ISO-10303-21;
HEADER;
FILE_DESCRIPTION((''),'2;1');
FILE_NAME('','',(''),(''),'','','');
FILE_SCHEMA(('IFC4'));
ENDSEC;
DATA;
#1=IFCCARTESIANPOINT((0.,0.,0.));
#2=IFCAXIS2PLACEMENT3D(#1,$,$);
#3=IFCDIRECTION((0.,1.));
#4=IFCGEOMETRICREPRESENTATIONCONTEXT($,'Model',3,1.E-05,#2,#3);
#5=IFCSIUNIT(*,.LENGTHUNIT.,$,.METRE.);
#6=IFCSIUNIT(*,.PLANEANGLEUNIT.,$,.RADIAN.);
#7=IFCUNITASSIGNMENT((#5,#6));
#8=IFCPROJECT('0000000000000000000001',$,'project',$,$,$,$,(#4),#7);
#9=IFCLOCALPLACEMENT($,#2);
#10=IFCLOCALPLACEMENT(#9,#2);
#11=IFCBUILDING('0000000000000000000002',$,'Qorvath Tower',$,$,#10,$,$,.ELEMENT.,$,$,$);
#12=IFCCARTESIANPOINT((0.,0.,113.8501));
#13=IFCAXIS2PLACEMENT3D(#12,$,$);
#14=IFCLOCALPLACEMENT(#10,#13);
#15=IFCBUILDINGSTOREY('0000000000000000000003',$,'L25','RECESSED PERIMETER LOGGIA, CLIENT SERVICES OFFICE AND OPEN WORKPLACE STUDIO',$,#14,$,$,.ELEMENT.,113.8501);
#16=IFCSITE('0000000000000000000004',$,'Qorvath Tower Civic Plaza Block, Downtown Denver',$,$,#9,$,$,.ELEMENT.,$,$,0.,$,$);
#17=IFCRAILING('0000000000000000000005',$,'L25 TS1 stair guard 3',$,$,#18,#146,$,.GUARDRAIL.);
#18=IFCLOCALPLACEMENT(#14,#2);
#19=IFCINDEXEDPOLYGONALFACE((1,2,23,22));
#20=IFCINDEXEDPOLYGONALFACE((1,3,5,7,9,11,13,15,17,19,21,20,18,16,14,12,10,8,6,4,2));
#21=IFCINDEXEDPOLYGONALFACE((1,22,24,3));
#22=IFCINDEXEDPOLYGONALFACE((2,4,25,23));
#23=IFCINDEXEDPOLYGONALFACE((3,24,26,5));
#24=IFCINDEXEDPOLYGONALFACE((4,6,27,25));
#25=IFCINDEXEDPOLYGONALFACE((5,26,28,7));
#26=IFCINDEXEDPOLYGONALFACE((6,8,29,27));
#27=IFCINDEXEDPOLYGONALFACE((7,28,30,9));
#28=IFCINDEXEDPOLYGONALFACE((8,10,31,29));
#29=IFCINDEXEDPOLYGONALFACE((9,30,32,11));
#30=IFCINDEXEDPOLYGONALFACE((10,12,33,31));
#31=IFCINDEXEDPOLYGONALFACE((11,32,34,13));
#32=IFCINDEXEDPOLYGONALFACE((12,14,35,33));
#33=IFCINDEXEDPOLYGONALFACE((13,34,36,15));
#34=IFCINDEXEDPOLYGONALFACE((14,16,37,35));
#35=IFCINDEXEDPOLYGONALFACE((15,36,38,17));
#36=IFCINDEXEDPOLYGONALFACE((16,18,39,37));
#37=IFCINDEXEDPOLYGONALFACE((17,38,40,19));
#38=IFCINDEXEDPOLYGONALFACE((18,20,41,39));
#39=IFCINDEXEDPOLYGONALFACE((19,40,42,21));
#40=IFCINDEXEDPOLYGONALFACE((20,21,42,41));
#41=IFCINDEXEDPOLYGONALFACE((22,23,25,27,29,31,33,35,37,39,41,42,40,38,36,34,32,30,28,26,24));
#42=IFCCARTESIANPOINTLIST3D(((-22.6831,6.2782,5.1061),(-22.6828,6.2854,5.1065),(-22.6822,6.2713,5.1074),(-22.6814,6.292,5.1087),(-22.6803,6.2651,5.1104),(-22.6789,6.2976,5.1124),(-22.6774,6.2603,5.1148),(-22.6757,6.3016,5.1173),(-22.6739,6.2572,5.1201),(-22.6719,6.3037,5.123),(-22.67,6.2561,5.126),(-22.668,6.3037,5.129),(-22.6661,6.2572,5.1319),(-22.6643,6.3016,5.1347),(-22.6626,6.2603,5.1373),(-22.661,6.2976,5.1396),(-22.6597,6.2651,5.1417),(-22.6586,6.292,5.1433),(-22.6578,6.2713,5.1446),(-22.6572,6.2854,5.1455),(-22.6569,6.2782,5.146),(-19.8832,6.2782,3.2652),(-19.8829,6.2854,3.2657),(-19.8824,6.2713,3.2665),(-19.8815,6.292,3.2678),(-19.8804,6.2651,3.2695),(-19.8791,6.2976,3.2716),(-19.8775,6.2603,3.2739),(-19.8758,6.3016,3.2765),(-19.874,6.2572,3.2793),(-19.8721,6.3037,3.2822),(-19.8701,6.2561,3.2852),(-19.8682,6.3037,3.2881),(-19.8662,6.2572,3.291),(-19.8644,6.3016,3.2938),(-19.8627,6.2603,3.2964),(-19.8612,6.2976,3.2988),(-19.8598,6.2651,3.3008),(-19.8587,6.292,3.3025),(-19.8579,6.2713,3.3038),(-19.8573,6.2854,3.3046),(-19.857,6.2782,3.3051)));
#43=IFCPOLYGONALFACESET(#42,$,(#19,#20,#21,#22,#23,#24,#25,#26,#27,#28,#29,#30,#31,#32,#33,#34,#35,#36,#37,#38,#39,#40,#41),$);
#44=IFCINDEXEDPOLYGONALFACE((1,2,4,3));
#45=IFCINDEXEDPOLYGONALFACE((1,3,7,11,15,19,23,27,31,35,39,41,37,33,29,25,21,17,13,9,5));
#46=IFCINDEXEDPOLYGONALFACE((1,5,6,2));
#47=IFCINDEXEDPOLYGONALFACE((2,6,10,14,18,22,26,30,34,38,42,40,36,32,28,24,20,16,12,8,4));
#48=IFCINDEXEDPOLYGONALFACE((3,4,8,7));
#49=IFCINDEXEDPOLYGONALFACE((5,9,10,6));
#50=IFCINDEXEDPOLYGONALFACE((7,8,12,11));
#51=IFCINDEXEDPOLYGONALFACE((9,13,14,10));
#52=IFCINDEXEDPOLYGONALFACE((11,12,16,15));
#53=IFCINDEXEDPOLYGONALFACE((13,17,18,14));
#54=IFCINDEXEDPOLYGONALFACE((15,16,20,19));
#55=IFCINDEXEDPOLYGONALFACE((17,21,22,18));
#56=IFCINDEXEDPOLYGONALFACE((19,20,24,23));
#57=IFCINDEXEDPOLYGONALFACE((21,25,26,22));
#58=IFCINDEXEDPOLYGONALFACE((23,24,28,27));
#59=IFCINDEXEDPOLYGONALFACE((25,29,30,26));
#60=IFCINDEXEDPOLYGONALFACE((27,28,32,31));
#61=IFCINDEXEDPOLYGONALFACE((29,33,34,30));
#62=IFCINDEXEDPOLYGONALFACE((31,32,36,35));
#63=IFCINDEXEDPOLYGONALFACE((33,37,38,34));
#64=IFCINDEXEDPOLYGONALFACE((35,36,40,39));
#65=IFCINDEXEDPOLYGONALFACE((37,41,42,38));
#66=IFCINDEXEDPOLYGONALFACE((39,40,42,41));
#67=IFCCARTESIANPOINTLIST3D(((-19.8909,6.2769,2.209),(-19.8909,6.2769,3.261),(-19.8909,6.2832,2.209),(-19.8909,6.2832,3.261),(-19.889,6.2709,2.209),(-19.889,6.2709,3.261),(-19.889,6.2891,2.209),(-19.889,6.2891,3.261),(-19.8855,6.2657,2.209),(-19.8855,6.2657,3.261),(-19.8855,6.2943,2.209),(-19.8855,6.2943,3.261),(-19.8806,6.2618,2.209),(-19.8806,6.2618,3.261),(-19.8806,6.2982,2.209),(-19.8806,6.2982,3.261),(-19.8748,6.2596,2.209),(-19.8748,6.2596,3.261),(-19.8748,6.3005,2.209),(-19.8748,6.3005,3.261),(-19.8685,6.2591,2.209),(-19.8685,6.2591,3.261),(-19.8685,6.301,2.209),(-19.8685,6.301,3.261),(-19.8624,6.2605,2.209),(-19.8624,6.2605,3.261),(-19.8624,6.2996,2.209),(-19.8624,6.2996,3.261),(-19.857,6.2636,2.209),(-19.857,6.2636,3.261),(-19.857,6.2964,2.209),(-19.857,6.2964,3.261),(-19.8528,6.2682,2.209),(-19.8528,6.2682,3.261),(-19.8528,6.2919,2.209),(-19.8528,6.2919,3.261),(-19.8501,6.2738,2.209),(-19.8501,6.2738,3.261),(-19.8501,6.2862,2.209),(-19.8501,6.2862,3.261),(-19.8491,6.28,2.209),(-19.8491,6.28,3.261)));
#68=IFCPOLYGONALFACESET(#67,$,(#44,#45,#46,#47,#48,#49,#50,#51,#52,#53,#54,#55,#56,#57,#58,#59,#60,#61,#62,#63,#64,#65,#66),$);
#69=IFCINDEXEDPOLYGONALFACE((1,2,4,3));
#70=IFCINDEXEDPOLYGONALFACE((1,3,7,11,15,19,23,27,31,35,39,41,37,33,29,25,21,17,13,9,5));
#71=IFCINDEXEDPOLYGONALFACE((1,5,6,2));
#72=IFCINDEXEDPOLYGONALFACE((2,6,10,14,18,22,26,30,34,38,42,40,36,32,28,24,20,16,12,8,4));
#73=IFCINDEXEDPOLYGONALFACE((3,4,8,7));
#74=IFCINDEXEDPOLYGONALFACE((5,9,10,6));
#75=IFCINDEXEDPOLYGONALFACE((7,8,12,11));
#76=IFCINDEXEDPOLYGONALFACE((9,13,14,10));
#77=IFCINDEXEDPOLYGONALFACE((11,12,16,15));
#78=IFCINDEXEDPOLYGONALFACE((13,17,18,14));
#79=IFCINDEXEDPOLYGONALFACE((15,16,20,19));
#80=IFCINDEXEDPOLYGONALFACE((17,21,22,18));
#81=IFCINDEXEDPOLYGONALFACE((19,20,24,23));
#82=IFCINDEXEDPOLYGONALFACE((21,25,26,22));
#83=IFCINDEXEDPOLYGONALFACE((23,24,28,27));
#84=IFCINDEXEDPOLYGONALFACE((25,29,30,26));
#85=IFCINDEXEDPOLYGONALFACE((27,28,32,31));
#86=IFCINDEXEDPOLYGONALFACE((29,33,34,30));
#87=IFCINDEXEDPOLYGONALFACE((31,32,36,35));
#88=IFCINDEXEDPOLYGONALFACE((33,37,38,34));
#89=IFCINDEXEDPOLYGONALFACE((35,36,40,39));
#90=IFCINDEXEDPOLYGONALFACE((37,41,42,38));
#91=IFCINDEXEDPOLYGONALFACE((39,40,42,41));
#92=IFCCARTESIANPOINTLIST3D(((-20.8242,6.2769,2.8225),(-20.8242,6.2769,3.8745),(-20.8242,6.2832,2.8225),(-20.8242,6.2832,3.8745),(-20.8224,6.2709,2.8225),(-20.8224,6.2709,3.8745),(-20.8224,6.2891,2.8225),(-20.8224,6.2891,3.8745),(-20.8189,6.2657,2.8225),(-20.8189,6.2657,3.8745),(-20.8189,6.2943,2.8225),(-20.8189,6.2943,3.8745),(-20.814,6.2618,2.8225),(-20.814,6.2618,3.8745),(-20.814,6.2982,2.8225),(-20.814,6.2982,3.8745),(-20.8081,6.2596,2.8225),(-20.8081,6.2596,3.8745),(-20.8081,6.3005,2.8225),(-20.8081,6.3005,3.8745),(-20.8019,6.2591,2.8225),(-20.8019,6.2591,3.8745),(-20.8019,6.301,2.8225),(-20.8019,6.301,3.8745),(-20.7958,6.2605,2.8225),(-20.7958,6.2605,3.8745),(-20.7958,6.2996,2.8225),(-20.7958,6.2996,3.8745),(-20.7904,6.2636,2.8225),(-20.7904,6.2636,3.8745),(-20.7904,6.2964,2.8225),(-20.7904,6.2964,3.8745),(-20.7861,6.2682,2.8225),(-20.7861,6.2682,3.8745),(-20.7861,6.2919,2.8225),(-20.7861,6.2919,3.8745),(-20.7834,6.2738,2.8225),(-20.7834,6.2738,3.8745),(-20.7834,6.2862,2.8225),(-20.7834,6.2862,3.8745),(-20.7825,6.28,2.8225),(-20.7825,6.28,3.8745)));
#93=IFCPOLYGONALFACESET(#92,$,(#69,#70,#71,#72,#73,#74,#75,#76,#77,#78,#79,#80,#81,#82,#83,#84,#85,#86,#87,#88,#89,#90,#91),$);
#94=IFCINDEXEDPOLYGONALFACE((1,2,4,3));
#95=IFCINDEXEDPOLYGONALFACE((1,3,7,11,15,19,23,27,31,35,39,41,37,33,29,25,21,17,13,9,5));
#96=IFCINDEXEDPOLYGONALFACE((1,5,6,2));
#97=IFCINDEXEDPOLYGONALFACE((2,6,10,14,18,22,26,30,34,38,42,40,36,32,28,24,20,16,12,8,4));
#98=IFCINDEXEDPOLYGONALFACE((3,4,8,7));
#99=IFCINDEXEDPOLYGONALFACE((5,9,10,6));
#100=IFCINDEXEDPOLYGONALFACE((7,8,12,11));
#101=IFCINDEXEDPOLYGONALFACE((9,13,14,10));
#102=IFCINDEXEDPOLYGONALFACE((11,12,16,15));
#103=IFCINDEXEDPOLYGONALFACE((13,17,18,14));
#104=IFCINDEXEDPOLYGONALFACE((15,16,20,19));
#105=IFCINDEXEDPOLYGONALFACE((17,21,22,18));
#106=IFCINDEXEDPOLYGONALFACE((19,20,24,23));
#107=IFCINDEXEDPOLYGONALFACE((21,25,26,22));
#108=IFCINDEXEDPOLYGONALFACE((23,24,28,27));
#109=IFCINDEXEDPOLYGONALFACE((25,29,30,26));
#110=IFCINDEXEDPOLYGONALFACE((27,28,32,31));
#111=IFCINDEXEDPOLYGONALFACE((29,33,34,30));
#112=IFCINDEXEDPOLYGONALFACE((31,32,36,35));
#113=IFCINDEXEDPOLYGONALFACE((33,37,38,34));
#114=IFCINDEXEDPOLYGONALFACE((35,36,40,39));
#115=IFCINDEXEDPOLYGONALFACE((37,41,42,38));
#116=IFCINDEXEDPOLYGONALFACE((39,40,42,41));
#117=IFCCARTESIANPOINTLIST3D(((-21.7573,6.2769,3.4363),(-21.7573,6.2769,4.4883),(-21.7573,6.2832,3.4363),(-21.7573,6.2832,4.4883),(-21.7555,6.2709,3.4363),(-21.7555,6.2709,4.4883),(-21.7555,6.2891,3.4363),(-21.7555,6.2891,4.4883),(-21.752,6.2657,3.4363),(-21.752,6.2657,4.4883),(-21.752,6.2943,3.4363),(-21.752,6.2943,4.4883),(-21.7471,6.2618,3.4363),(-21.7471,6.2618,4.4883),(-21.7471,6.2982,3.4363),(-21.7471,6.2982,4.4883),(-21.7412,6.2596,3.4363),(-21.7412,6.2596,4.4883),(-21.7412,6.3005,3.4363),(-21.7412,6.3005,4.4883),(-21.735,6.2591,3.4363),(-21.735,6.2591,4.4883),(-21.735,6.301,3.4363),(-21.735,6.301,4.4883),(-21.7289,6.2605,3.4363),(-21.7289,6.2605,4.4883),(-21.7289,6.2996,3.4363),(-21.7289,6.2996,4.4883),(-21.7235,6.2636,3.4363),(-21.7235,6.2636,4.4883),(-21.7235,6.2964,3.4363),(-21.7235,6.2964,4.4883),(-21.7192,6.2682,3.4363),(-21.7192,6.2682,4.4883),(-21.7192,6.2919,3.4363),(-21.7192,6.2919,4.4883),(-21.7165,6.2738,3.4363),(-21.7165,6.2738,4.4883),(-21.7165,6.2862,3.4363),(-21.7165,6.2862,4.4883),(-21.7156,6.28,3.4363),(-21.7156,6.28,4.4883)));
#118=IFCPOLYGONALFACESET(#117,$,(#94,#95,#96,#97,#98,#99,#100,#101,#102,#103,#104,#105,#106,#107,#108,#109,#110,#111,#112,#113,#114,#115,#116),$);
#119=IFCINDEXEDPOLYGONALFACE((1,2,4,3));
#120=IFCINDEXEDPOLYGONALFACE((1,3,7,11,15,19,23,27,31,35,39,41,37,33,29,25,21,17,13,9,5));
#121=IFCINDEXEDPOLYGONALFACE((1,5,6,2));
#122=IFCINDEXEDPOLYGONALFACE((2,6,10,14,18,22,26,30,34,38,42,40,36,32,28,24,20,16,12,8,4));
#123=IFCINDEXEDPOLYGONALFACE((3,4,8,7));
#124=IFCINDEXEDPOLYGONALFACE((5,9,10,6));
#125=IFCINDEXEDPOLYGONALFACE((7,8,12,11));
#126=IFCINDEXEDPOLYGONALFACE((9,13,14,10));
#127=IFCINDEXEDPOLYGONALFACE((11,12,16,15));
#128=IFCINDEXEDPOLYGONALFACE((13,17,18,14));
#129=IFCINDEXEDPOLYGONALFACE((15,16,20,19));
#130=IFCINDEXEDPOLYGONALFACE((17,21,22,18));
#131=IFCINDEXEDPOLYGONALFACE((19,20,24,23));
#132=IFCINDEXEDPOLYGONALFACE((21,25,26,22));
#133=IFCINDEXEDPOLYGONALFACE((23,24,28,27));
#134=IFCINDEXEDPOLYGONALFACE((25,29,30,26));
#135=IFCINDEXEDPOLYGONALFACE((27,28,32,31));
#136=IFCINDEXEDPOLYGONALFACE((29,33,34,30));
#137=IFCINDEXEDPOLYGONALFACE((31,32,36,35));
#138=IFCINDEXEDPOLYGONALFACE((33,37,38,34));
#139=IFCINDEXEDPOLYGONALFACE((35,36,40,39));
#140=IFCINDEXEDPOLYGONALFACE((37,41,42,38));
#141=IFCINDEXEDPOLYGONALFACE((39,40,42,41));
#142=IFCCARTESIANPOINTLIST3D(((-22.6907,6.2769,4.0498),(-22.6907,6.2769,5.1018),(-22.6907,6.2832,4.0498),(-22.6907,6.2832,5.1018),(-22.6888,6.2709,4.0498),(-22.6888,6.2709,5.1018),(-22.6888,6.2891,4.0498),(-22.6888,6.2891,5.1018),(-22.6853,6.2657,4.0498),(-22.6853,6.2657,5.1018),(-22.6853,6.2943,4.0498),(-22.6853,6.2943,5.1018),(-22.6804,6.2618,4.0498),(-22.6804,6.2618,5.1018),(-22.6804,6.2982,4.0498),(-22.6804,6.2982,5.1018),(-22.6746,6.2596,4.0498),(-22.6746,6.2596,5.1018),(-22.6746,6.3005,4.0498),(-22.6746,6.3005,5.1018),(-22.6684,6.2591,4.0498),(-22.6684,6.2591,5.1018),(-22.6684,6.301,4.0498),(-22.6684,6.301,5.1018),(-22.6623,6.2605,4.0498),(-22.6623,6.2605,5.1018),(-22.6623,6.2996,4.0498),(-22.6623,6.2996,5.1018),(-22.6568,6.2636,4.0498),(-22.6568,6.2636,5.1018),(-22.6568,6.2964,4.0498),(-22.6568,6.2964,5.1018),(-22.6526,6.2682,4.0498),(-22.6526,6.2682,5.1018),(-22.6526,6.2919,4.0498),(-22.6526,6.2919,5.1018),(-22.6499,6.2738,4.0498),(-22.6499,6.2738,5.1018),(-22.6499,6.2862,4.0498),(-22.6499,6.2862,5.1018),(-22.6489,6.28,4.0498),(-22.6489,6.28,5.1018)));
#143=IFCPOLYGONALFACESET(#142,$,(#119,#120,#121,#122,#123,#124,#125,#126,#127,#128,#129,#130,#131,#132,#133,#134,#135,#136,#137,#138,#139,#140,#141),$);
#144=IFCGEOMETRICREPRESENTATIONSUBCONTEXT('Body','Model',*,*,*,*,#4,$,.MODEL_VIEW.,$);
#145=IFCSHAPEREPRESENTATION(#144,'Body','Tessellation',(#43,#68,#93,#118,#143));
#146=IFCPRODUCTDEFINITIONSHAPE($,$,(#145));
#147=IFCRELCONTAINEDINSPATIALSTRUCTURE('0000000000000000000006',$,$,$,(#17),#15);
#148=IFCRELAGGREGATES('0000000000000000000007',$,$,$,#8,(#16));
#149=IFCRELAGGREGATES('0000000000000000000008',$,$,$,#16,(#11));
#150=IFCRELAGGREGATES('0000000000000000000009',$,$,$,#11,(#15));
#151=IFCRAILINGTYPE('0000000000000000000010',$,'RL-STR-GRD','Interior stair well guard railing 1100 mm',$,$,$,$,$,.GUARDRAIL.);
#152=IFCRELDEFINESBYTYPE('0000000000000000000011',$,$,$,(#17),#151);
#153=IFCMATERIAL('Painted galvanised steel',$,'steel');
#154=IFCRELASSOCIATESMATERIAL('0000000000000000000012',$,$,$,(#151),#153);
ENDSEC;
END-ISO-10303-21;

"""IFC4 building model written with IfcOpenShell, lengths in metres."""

from ifc_helpers import new_model, si_unit, direction, frame, origin, origin_2d, place, context, subcontext, project, spatial, circle, extrude, material, type_object, element, save


model = new_model("IFC4")

# Units and contexts
model_context = context("Model", 3, precision=1e-05, world=origin(), true_north=direction((0.0, 1.0)))
body_context = subcontext(model_context, "Body", "Model", "MODEL_VIEW")
ifc_project = project(units=[si_unit("LENGTHUNIT", "METRE"), si_unit("PLANEANGLEUNIT", "RADIAN")], contexts=[model_context])

# Site, building, storey
site_placement = place(None, origin())
site = spatial("IfcSite", under=ifc_project, at=site_placement, Name="Qorvath Tower Civic Plaza Block, Downtown Denver", CompositionType="ELEMENT", RefElevation=0.0)
building_placement = place(site_placement, origin())
building = spatial("IfcBuilding", under=site, at=building_placement, Name="Qorvath Tower", CompositionType="ELEMENT")
storey_placement = place(building_placement, frame((0.0, 0.0, 113.8501)))
storey = spatial("IfcBuildingStorey", under=building, at=storey_placement, Name="L25", Description="RECESSED PERIMETER LOGGIA, CLIENT SERVICES OFFICE AND OPEN WORKPLACE STUDIO", CompositionType="ELEMENT", Elevation=113.8501)

# Railing
ifc_material_1 = material(Name="Painted galvanised steel", Category="steel")
railing_type_1 = type_object("IfcRailingType", Name="RL-STR-GRD", Description="Interior stair well guard railing 1100 mm", PredefinedType="GUARDRAIL", material=ifc_material_1)
railing_1_placement = place(storey_placement, frame((-19.8701, 6.28, 2.209)))
element("IfcRailing", 1, at=railing_1_placement, inside=storey, type_object=railing_type_1, Name="L25 TS1 stair guard 3", PredefinedType="GUARDRAIL", context=body_context, shape_type="SweptSolid", body=[
    extrude(circle(Radius=0.0239, at=origin_2d()), frame((0.0, 0.0, 1.0762), z_axis=(-0.835576, 0.0, 0.549376), x_axis=(0.0, -1.0, 0.0)), (0.0, 0.0, 1.0), 3.3508),
    extrude(circle(Radius=0.021, at=origin_2d()), origin(), (0.0, 0.0, 1.0), 1.052),
    extrude(circle(Radius=0.021, at=origin_2d()), frame((-0.9333, 0.0, 0.6135)), (0.0, 0.0, 1.0), 1.052),
    extrude(circle(Radius=0.021, at=origin_2d()), frame((-1.8665, 0.0, 1.2273)), (0.0, 0.0, 1.0), 1.052),
    extrude(circle(Radius=0.021, at=origin_2d()), frame((-2.7998, 0.0, 1.8408)), (0.0, 0.0, 1.0), 1.052),
])

save(model, "model.ifc")
